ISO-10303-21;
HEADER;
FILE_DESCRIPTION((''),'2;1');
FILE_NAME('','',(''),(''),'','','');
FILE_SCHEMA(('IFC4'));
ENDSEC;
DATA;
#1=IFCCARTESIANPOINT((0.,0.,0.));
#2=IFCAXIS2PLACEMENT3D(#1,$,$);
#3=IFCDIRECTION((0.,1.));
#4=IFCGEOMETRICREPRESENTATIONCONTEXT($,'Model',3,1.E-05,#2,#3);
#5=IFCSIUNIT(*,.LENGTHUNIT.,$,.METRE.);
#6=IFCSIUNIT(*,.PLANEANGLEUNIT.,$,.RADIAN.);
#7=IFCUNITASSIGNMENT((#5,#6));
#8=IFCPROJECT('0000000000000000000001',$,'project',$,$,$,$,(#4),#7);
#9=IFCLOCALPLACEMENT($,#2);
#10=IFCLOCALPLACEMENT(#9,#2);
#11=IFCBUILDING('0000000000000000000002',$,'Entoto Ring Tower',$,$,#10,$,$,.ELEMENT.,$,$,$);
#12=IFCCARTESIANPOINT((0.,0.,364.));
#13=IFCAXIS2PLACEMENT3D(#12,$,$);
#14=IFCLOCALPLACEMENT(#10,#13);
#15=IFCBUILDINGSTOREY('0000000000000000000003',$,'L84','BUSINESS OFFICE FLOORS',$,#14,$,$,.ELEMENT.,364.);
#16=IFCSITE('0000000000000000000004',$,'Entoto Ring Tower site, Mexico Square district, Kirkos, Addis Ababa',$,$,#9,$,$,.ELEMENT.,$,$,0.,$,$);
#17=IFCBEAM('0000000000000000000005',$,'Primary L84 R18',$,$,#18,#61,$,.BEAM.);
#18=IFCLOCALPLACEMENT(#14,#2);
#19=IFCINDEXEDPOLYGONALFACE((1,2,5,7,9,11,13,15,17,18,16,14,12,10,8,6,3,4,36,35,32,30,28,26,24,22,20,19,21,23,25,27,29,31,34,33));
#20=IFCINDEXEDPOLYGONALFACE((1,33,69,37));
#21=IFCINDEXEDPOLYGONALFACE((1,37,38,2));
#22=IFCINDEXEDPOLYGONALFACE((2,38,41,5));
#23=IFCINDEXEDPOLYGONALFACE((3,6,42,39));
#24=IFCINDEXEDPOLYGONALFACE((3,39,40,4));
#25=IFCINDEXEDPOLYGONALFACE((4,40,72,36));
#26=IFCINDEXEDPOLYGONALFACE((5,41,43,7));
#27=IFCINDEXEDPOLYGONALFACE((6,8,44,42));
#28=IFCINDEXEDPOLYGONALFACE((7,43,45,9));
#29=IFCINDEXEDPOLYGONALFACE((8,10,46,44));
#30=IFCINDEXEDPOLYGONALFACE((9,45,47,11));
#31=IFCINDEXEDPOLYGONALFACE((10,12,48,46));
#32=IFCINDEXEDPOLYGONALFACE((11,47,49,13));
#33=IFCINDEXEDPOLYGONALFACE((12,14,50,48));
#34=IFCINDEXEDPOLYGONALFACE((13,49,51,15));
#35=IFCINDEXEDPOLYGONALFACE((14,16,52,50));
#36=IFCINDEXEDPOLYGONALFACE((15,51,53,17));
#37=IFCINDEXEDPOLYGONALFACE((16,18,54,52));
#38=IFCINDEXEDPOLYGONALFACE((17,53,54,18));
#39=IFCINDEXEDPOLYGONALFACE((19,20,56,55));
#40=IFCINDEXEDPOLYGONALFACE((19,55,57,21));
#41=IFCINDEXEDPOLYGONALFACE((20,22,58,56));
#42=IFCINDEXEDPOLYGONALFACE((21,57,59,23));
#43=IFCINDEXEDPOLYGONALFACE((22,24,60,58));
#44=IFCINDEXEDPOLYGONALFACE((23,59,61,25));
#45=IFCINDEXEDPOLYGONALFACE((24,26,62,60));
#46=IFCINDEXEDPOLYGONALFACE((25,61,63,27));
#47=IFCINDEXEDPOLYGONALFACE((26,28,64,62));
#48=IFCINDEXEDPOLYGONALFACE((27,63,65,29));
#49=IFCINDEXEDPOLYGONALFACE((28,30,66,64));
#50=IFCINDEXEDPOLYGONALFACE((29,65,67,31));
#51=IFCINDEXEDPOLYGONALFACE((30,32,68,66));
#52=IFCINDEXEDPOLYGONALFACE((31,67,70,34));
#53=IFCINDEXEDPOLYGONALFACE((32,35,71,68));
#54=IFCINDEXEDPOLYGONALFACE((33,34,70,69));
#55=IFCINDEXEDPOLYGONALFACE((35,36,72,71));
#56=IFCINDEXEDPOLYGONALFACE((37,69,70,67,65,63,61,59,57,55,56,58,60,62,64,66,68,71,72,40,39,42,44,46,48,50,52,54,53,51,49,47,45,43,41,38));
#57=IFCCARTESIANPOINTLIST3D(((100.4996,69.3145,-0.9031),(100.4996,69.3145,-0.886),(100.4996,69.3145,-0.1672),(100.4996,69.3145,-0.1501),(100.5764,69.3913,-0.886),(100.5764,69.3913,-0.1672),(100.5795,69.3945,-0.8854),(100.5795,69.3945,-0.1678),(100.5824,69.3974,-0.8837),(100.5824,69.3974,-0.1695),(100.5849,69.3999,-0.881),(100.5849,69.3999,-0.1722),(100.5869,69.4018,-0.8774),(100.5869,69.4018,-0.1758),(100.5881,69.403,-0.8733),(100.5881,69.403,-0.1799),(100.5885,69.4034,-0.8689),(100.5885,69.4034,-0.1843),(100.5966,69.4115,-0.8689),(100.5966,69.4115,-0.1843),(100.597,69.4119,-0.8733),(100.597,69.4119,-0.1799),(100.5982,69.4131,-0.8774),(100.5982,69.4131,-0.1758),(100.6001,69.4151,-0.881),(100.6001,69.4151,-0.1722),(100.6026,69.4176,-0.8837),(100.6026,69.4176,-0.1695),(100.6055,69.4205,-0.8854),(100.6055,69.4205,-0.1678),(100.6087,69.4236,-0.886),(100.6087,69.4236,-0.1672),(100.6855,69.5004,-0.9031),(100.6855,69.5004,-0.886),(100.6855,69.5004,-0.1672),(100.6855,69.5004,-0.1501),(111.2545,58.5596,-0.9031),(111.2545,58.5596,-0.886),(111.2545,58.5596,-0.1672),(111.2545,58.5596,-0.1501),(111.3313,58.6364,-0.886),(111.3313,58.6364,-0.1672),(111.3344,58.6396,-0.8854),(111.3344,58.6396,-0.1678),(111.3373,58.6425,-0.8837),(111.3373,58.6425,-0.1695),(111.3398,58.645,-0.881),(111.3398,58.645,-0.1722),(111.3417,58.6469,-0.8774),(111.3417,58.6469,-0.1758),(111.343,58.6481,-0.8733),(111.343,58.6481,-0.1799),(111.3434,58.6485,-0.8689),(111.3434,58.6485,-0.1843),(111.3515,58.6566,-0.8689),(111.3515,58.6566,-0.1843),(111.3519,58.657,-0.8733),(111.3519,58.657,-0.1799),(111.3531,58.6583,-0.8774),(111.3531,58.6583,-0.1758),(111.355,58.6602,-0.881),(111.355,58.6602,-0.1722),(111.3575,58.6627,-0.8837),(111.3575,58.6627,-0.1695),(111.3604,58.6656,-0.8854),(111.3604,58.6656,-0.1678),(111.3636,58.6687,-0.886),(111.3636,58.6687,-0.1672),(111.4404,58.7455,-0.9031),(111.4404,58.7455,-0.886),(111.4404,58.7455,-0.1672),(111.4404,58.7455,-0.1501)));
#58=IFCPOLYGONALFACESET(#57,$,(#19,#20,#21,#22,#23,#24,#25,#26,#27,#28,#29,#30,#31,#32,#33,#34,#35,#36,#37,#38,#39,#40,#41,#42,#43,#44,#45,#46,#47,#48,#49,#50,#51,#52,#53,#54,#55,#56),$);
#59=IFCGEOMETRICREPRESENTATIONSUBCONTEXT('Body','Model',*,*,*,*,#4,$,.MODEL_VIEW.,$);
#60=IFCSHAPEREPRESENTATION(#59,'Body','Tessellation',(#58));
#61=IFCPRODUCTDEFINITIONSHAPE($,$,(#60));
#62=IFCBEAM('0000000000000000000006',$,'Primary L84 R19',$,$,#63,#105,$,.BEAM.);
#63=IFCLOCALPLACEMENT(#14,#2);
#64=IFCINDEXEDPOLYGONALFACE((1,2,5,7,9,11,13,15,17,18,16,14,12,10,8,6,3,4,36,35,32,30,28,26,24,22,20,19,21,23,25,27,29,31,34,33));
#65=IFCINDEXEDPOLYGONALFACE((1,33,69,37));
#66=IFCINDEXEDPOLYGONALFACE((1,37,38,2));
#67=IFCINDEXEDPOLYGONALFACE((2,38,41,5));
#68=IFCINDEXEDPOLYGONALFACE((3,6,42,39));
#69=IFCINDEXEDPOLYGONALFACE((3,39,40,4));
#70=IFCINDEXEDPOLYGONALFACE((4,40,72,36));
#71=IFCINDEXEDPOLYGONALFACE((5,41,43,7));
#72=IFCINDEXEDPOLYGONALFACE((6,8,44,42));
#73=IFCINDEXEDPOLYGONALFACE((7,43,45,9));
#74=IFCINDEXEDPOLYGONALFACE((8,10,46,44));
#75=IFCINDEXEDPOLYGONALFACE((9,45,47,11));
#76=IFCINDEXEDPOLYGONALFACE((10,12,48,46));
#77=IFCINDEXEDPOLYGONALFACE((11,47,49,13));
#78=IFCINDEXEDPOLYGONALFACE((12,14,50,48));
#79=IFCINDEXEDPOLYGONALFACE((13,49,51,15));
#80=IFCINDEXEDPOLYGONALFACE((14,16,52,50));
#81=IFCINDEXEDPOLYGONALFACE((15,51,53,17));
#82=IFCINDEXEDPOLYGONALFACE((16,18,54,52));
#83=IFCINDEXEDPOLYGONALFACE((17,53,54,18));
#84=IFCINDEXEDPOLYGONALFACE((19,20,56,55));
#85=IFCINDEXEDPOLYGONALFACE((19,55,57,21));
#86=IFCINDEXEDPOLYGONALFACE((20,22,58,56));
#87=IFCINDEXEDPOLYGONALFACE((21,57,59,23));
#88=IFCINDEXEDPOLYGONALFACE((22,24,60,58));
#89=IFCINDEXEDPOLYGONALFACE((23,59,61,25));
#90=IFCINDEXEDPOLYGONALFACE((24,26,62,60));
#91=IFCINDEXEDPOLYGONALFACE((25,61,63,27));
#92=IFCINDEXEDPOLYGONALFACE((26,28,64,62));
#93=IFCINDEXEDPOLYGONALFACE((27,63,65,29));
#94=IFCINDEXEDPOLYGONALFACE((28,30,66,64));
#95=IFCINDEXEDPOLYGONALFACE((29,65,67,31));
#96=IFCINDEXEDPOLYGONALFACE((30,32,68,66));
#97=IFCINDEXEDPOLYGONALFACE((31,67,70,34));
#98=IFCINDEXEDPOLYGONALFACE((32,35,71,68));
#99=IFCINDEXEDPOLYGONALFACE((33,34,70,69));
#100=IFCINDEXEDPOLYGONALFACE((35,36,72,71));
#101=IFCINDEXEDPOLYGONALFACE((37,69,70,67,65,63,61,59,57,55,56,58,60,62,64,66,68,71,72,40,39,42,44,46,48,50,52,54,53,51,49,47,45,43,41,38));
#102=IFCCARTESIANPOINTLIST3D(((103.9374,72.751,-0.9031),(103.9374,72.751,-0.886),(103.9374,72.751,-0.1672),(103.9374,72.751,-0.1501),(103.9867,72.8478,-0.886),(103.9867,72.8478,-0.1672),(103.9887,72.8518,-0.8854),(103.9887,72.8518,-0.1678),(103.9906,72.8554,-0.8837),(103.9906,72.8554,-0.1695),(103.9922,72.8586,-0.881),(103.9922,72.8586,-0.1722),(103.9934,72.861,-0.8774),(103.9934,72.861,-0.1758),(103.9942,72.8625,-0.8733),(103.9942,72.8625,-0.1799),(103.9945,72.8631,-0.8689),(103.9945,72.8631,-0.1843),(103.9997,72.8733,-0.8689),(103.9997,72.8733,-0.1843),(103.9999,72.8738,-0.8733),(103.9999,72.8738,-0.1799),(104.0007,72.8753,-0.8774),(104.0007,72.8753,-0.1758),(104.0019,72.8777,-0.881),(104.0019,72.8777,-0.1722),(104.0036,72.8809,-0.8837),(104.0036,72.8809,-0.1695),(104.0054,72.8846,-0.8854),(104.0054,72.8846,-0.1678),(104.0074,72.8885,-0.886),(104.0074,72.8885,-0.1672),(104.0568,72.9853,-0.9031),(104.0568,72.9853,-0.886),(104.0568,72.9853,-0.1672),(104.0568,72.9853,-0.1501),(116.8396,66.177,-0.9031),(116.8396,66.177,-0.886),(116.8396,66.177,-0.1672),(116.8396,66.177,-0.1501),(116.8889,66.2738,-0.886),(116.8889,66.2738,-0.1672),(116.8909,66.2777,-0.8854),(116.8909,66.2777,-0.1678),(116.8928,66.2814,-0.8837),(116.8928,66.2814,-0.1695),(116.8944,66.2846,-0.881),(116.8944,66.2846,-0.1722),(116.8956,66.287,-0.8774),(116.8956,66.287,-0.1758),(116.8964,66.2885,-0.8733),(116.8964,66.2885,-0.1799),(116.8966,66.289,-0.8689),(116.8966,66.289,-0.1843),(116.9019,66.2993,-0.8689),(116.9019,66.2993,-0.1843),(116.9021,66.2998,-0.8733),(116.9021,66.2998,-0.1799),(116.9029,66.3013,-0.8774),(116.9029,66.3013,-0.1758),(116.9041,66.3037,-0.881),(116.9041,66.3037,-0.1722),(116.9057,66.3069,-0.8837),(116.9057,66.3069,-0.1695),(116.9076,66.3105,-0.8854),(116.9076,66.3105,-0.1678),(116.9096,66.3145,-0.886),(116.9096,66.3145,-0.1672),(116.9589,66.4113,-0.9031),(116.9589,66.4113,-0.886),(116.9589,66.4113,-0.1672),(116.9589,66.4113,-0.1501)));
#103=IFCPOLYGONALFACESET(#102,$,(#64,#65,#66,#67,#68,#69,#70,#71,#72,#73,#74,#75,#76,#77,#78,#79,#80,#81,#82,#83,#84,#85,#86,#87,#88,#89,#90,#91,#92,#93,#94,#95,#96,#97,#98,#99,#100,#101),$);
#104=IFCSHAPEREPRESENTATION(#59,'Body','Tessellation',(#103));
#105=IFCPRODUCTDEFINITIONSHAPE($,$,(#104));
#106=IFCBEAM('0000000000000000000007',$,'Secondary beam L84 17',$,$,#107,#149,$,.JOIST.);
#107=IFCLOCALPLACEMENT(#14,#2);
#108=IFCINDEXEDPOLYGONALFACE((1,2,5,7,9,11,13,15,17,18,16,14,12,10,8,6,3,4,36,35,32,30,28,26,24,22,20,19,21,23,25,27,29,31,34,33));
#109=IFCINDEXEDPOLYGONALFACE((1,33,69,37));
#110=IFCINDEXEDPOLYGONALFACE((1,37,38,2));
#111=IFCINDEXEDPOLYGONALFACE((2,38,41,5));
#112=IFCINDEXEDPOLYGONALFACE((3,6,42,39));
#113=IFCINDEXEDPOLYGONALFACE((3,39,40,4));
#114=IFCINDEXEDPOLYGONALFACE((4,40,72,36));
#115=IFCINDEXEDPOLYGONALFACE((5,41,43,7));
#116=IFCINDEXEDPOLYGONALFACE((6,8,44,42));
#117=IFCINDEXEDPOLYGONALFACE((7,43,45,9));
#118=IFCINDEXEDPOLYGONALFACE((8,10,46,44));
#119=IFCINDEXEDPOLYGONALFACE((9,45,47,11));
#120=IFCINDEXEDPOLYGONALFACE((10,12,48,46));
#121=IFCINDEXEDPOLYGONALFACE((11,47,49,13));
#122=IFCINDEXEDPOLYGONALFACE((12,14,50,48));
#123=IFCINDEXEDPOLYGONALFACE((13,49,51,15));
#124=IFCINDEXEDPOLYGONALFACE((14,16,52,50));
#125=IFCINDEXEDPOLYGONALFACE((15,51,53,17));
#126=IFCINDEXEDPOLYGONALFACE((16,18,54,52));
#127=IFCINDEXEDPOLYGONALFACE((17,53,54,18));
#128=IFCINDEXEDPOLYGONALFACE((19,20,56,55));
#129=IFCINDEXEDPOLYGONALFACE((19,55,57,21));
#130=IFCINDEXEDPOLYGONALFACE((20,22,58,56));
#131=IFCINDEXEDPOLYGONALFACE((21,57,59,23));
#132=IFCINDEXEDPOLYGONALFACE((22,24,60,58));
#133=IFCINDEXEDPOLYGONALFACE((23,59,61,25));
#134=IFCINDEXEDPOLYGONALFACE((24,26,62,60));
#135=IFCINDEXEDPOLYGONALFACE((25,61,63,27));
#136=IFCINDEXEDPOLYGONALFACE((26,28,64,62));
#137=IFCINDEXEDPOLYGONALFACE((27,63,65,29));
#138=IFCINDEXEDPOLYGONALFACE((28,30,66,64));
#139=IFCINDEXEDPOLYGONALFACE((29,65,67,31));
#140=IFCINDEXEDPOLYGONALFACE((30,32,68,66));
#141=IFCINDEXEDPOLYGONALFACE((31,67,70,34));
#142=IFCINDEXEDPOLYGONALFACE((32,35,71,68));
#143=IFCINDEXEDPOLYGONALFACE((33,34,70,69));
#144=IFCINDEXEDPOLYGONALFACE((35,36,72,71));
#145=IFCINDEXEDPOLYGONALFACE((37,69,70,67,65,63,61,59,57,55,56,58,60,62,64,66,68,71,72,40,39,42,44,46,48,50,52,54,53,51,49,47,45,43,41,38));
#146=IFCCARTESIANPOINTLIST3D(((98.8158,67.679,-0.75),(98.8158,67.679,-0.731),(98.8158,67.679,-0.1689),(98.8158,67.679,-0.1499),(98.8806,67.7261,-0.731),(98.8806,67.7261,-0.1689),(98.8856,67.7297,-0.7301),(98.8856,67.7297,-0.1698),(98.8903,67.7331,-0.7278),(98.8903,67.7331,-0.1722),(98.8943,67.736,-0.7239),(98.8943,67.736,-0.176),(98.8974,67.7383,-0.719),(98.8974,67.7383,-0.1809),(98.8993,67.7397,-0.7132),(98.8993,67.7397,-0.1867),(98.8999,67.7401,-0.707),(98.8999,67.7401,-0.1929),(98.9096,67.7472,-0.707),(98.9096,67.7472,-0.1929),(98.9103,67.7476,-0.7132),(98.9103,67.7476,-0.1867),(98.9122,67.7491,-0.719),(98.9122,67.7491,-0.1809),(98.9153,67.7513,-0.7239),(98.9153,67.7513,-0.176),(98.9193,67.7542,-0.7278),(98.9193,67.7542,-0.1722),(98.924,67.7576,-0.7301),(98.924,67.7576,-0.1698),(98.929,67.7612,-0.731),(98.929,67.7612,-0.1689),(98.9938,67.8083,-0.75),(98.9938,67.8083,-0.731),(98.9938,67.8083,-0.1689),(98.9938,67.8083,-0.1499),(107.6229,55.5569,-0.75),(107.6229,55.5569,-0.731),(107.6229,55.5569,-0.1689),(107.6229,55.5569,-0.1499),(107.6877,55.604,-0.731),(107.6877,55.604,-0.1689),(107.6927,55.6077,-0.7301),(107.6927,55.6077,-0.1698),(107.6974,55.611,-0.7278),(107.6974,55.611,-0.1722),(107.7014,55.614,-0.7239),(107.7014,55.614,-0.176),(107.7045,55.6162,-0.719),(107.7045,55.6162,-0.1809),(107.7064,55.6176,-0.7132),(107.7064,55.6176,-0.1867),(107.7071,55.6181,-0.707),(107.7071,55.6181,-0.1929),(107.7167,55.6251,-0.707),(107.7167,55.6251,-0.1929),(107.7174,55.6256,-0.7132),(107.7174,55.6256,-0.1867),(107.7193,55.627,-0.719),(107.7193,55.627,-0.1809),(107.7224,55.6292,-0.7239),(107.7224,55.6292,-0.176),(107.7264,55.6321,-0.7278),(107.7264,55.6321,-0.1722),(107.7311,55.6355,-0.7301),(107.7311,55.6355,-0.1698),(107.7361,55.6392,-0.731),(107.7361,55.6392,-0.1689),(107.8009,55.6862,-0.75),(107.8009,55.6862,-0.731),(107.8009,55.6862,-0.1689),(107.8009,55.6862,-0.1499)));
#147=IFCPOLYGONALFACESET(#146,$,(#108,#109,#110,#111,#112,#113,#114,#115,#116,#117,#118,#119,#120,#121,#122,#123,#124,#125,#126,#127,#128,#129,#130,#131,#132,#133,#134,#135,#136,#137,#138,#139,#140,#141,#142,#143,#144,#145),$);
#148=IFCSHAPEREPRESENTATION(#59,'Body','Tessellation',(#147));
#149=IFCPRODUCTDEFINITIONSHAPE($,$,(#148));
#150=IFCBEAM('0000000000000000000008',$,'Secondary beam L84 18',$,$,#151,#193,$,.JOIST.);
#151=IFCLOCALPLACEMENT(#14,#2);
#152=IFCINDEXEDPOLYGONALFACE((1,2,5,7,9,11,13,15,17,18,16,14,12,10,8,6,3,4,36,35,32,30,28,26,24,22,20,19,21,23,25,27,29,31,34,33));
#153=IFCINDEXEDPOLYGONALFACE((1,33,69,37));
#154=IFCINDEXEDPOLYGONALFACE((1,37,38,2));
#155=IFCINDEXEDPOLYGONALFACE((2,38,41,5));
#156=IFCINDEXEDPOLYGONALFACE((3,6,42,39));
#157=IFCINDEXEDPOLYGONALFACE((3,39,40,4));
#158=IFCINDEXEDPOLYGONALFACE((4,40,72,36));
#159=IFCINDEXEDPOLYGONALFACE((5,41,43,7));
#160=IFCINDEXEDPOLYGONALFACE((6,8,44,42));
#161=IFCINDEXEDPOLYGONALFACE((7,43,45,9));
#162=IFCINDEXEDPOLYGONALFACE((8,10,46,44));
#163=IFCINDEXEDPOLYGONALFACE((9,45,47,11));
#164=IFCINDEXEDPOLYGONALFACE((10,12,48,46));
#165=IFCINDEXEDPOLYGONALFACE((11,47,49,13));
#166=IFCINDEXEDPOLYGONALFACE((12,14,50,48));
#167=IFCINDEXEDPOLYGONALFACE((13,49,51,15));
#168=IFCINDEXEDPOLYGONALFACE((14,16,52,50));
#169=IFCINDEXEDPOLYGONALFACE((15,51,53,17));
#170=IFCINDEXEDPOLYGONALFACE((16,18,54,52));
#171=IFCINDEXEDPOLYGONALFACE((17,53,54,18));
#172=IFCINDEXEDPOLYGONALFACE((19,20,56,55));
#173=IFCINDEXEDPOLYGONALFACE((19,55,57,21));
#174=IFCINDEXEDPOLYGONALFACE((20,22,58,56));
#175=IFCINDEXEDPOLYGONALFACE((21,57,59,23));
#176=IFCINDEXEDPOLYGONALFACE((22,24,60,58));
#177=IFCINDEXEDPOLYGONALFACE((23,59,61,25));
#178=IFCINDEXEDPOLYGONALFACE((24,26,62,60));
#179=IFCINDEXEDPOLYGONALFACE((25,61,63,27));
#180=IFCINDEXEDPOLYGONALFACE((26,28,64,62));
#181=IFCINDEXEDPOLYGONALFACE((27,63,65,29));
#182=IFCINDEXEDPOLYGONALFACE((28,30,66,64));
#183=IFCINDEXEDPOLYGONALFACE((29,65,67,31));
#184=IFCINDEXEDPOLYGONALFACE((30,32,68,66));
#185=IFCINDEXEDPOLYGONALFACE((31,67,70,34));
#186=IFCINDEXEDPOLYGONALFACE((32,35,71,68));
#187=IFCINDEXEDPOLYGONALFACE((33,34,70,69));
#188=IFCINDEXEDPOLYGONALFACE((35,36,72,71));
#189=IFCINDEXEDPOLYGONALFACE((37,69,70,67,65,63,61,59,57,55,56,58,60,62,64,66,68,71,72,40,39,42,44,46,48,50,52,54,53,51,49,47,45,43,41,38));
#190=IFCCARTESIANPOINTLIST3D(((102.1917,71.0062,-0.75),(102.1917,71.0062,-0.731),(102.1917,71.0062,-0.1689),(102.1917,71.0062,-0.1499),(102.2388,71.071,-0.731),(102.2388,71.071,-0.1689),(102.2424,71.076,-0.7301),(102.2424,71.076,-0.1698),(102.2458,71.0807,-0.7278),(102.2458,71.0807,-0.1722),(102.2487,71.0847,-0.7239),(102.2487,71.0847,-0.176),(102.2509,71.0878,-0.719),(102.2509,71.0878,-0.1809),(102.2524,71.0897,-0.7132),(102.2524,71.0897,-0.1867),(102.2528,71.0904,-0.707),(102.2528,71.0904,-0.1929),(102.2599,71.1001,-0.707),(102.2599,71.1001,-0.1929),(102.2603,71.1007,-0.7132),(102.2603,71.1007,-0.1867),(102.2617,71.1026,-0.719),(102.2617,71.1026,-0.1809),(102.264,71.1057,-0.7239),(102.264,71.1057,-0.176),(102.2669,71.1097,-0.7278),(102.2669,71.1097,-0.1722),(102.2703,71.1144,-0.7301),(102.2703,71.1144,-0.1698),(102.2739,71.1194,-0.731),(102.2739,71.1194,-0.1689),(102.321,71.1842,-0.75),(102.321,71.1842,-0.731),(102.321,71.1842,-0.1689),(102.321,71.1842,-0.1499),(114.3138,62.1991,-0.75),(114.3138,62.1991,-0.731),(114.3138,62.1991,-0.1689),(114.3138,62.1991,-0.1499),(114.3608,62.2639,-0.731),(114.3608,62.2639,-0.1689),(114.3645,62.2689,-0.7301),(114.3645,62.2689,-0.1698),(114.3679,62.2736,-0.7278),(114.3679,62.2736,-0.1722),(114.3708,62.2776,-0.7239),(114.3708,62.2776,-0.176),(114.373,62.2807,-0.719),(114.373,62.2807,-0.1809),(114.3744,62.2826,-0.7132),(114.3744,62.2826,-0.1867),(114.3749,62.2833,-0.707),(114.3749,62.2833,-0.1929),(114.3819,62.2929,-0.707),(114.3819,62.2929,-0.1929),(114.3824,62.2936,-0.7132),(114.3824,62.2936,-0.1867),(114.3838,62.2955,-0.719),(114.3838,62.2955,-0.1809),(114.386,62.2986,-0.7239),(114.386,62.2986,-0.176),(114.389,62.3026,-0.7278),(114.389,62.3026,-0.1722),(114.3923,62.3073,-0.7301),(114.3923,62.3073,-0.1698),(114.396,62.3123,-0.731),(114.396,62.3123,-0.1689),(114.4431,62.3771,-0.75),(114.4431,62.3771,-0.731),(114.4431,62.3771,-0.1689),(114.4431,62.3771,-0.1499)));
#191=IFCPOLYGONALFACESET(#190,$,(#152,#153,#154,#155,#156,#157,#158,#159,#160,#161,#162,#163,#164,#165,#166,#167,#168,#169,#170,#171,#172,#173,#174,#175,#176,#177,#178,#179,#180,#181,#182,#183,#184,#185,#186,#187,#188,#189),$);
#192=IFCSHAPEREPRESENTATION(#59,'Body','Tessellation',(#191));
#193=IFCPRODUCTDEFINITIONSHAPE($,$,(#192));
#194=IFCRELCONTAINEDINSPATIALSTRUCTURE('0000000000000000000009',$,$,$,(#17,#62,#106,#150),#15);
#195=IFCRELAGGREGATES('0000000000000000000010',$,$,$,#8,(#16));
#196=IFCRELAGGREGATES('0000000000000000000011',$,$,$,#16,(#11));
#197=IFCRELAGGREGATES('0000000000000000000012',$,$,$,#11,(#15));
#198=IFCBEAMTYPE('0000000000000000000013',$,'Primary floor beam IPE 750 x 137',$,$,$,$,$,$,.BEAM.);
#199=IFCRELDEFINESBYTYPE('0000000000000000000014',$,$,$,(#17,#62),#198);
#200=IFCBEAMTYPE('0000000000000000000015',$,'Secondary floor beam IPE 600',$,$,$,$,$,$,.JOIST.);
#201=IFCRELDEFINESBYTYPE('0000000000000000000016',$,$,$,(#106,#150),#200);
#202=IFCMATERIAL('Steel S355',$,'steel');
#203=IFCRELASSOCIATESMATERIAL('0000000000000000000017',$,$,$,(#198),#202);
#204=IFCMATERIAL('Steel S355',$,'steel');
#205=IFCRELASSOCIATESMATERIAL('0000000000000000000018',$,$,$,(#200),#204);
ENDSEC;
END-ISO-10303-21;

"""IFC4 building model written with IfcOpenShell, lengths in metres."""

from ifc_helpers import new_model, si_unit, direction, frame, origin, origin_2d, place, context, subcontext, project, spatial, i_section, extrude, material, material_profile, profile_set, type_object, element, save


model = new_model("IFC4")

# Units and contexts
model_context = context("Model", 3, precision=1e-05, world=origin(), true_north=direction((0.0, 1.0)))
body_context = subcontext(model_context, "Body", "Model", "MODEL_VIEW")
ifc_project = project(units=[si_unit("LENGTHUNIT", "METRE"), si_unit("PLANEANGLEUNIT", "RADIAN")], contexts=[model_context])

# Site, building, storey
site_placement = place(None, origin())
site = spatial("IfcSite", under=ifc_project, at=site_placement, Name="Entoto Ring Tower site, Mexico Square district, Kirkos, Addis Ababa", CompositionType="ELEMENT", RefElevation=0.0)
building_placement = place(site_placement, origin())
building = spatial("IfcBuilding", under=site, at=building_placement, Name="Entoto Ring Tower", CompositionType="ELEMENT")
storey_placement = place(building_placement, frame((0.0, 0.0, 364.0)))
storey = spatial("IfcBuildingStorey", under=building, at=storey_placement, Name="L84", Description="BUSINESS OFFICE FLOORS", CompositionType="ELEMENT", Elevation=364.0)

# Beams
ifc_material_1 = material(Name="Steel S355", Category="steel")
ifc_material_profile_1 = material_profile(ifc_material_1, i_section(OverallWidth=0.2629, OverallDepth=0.7529, WebThickness=0.0115, FlangeThickness=0.0171, FilletRadius=0.0171, at=origin_2d()), Name="IPE 750 x 137")
ifc_profile_set_1 = profile_set([ifc_material_profile_1], Name="Steel S355")
beam_type_1 = type_object("IfcBeamType", Name="Primary floor beam IPE 750 x 137", PredefinedType="BEAM", material=ifc_profile_set_1)
beam_1_placement = place(storey_placement, frame((100.5925, 69.4075, -0.5266), z_axis=(0.707107, -0.707107, 0.0), x_axis=(0.707107, 0.707107, 0.0)))
element("IfcBeam", 1, at=beam_1_placement, inside=storey, type_object=beam_type_1, Name="Primary L84 R18", PredefinedType="BEAM", context=body_context, shape_type="SweptSolid", body=[
    extrude(i_section(OverallWidth=0.2629, OverallDepth=0.7529, WebThickness=0.0115, FlangeThickness=0.0171, FilletRadius=0.0171, at=origin_2d()), origin(), (0.0, 0.0, 1.0), 15.2097),
])
beam_2_placement = place(storey_placement, frame((103.9971, 72.8682, -0.5266), z_axis=(0.891006, -0.453992, 0.0), x_axis=(0.453992, 0.891006, 0.0)))
element("IfcBeam", 2, at=beam_2_placement, inside=storey, type_object=beam_type_1, Name="Primary L84 R19", PredefinedType="BEAM", context=body_context, shape_type="SweptSolid", body=[
    extrude(i_section(OverallWidth=0.2629, OverallDepth=0.7529, WebThickness=0.0115, FlangeThickness=0.0171, FilletRadius=0.0171, at=origin_2d()), origin(), (0.0, 0.0, 1.0), 14.4805),
])
ifc_material_2 = material(Name="Steel S355", Category="steel")
ifc_material_profile_2 = material_profile(ifc_material_2, i_section(OverallWidth=0.22, OverallDepth=0.6001, WebThickness=0.012, FlangeThickness=0.019, FilletRadius=0.0239, at=origin_2d()), Name="IPE 600")
ifc_profile_set_2 = profile_set([ifc_material_profile_2], Name="Steel S355")
beam_type_2 = type_object("IfcBeamType", Name="Secondary floor beam IPE 600", PredefinedType="JOIST", material=ifc_profile_set_2)
for number, where, z_axis, x_axis, name in (
    (3, (98.9048, 67.7437, -0.45), (0.587782, -0.809019, 0.0), (0.809019, 0.587782, 0.0), "Secondary beam L84 17"),
    (4, (102.2563, 71.0952, -0.45), (0.809019, -0.587782, 0.0), (0.587782, 0.809019, 0.0), "Secondary beam L84 18"),
):
    element("IfcBeam", number, at=place(storey_placement, frame(where, z_axis=z_axis, x_axis=x_axis)), inside=storey, type_object=beam_type_2, Name=name, PredefinedType="JOIST", context=body_context, shape_type="SweptSolid", body=[
        extrude(i_section(OverallWidth=0.22, OverallDepth=0.6001, WebThickness=0.012, FlangeThickness=0.019, FilletRadius=0.0239, at=origin_2d()), origin(), (0.0, 0.0, 1.0), 14.9836),
    ])

save(model, "model.ifc")
